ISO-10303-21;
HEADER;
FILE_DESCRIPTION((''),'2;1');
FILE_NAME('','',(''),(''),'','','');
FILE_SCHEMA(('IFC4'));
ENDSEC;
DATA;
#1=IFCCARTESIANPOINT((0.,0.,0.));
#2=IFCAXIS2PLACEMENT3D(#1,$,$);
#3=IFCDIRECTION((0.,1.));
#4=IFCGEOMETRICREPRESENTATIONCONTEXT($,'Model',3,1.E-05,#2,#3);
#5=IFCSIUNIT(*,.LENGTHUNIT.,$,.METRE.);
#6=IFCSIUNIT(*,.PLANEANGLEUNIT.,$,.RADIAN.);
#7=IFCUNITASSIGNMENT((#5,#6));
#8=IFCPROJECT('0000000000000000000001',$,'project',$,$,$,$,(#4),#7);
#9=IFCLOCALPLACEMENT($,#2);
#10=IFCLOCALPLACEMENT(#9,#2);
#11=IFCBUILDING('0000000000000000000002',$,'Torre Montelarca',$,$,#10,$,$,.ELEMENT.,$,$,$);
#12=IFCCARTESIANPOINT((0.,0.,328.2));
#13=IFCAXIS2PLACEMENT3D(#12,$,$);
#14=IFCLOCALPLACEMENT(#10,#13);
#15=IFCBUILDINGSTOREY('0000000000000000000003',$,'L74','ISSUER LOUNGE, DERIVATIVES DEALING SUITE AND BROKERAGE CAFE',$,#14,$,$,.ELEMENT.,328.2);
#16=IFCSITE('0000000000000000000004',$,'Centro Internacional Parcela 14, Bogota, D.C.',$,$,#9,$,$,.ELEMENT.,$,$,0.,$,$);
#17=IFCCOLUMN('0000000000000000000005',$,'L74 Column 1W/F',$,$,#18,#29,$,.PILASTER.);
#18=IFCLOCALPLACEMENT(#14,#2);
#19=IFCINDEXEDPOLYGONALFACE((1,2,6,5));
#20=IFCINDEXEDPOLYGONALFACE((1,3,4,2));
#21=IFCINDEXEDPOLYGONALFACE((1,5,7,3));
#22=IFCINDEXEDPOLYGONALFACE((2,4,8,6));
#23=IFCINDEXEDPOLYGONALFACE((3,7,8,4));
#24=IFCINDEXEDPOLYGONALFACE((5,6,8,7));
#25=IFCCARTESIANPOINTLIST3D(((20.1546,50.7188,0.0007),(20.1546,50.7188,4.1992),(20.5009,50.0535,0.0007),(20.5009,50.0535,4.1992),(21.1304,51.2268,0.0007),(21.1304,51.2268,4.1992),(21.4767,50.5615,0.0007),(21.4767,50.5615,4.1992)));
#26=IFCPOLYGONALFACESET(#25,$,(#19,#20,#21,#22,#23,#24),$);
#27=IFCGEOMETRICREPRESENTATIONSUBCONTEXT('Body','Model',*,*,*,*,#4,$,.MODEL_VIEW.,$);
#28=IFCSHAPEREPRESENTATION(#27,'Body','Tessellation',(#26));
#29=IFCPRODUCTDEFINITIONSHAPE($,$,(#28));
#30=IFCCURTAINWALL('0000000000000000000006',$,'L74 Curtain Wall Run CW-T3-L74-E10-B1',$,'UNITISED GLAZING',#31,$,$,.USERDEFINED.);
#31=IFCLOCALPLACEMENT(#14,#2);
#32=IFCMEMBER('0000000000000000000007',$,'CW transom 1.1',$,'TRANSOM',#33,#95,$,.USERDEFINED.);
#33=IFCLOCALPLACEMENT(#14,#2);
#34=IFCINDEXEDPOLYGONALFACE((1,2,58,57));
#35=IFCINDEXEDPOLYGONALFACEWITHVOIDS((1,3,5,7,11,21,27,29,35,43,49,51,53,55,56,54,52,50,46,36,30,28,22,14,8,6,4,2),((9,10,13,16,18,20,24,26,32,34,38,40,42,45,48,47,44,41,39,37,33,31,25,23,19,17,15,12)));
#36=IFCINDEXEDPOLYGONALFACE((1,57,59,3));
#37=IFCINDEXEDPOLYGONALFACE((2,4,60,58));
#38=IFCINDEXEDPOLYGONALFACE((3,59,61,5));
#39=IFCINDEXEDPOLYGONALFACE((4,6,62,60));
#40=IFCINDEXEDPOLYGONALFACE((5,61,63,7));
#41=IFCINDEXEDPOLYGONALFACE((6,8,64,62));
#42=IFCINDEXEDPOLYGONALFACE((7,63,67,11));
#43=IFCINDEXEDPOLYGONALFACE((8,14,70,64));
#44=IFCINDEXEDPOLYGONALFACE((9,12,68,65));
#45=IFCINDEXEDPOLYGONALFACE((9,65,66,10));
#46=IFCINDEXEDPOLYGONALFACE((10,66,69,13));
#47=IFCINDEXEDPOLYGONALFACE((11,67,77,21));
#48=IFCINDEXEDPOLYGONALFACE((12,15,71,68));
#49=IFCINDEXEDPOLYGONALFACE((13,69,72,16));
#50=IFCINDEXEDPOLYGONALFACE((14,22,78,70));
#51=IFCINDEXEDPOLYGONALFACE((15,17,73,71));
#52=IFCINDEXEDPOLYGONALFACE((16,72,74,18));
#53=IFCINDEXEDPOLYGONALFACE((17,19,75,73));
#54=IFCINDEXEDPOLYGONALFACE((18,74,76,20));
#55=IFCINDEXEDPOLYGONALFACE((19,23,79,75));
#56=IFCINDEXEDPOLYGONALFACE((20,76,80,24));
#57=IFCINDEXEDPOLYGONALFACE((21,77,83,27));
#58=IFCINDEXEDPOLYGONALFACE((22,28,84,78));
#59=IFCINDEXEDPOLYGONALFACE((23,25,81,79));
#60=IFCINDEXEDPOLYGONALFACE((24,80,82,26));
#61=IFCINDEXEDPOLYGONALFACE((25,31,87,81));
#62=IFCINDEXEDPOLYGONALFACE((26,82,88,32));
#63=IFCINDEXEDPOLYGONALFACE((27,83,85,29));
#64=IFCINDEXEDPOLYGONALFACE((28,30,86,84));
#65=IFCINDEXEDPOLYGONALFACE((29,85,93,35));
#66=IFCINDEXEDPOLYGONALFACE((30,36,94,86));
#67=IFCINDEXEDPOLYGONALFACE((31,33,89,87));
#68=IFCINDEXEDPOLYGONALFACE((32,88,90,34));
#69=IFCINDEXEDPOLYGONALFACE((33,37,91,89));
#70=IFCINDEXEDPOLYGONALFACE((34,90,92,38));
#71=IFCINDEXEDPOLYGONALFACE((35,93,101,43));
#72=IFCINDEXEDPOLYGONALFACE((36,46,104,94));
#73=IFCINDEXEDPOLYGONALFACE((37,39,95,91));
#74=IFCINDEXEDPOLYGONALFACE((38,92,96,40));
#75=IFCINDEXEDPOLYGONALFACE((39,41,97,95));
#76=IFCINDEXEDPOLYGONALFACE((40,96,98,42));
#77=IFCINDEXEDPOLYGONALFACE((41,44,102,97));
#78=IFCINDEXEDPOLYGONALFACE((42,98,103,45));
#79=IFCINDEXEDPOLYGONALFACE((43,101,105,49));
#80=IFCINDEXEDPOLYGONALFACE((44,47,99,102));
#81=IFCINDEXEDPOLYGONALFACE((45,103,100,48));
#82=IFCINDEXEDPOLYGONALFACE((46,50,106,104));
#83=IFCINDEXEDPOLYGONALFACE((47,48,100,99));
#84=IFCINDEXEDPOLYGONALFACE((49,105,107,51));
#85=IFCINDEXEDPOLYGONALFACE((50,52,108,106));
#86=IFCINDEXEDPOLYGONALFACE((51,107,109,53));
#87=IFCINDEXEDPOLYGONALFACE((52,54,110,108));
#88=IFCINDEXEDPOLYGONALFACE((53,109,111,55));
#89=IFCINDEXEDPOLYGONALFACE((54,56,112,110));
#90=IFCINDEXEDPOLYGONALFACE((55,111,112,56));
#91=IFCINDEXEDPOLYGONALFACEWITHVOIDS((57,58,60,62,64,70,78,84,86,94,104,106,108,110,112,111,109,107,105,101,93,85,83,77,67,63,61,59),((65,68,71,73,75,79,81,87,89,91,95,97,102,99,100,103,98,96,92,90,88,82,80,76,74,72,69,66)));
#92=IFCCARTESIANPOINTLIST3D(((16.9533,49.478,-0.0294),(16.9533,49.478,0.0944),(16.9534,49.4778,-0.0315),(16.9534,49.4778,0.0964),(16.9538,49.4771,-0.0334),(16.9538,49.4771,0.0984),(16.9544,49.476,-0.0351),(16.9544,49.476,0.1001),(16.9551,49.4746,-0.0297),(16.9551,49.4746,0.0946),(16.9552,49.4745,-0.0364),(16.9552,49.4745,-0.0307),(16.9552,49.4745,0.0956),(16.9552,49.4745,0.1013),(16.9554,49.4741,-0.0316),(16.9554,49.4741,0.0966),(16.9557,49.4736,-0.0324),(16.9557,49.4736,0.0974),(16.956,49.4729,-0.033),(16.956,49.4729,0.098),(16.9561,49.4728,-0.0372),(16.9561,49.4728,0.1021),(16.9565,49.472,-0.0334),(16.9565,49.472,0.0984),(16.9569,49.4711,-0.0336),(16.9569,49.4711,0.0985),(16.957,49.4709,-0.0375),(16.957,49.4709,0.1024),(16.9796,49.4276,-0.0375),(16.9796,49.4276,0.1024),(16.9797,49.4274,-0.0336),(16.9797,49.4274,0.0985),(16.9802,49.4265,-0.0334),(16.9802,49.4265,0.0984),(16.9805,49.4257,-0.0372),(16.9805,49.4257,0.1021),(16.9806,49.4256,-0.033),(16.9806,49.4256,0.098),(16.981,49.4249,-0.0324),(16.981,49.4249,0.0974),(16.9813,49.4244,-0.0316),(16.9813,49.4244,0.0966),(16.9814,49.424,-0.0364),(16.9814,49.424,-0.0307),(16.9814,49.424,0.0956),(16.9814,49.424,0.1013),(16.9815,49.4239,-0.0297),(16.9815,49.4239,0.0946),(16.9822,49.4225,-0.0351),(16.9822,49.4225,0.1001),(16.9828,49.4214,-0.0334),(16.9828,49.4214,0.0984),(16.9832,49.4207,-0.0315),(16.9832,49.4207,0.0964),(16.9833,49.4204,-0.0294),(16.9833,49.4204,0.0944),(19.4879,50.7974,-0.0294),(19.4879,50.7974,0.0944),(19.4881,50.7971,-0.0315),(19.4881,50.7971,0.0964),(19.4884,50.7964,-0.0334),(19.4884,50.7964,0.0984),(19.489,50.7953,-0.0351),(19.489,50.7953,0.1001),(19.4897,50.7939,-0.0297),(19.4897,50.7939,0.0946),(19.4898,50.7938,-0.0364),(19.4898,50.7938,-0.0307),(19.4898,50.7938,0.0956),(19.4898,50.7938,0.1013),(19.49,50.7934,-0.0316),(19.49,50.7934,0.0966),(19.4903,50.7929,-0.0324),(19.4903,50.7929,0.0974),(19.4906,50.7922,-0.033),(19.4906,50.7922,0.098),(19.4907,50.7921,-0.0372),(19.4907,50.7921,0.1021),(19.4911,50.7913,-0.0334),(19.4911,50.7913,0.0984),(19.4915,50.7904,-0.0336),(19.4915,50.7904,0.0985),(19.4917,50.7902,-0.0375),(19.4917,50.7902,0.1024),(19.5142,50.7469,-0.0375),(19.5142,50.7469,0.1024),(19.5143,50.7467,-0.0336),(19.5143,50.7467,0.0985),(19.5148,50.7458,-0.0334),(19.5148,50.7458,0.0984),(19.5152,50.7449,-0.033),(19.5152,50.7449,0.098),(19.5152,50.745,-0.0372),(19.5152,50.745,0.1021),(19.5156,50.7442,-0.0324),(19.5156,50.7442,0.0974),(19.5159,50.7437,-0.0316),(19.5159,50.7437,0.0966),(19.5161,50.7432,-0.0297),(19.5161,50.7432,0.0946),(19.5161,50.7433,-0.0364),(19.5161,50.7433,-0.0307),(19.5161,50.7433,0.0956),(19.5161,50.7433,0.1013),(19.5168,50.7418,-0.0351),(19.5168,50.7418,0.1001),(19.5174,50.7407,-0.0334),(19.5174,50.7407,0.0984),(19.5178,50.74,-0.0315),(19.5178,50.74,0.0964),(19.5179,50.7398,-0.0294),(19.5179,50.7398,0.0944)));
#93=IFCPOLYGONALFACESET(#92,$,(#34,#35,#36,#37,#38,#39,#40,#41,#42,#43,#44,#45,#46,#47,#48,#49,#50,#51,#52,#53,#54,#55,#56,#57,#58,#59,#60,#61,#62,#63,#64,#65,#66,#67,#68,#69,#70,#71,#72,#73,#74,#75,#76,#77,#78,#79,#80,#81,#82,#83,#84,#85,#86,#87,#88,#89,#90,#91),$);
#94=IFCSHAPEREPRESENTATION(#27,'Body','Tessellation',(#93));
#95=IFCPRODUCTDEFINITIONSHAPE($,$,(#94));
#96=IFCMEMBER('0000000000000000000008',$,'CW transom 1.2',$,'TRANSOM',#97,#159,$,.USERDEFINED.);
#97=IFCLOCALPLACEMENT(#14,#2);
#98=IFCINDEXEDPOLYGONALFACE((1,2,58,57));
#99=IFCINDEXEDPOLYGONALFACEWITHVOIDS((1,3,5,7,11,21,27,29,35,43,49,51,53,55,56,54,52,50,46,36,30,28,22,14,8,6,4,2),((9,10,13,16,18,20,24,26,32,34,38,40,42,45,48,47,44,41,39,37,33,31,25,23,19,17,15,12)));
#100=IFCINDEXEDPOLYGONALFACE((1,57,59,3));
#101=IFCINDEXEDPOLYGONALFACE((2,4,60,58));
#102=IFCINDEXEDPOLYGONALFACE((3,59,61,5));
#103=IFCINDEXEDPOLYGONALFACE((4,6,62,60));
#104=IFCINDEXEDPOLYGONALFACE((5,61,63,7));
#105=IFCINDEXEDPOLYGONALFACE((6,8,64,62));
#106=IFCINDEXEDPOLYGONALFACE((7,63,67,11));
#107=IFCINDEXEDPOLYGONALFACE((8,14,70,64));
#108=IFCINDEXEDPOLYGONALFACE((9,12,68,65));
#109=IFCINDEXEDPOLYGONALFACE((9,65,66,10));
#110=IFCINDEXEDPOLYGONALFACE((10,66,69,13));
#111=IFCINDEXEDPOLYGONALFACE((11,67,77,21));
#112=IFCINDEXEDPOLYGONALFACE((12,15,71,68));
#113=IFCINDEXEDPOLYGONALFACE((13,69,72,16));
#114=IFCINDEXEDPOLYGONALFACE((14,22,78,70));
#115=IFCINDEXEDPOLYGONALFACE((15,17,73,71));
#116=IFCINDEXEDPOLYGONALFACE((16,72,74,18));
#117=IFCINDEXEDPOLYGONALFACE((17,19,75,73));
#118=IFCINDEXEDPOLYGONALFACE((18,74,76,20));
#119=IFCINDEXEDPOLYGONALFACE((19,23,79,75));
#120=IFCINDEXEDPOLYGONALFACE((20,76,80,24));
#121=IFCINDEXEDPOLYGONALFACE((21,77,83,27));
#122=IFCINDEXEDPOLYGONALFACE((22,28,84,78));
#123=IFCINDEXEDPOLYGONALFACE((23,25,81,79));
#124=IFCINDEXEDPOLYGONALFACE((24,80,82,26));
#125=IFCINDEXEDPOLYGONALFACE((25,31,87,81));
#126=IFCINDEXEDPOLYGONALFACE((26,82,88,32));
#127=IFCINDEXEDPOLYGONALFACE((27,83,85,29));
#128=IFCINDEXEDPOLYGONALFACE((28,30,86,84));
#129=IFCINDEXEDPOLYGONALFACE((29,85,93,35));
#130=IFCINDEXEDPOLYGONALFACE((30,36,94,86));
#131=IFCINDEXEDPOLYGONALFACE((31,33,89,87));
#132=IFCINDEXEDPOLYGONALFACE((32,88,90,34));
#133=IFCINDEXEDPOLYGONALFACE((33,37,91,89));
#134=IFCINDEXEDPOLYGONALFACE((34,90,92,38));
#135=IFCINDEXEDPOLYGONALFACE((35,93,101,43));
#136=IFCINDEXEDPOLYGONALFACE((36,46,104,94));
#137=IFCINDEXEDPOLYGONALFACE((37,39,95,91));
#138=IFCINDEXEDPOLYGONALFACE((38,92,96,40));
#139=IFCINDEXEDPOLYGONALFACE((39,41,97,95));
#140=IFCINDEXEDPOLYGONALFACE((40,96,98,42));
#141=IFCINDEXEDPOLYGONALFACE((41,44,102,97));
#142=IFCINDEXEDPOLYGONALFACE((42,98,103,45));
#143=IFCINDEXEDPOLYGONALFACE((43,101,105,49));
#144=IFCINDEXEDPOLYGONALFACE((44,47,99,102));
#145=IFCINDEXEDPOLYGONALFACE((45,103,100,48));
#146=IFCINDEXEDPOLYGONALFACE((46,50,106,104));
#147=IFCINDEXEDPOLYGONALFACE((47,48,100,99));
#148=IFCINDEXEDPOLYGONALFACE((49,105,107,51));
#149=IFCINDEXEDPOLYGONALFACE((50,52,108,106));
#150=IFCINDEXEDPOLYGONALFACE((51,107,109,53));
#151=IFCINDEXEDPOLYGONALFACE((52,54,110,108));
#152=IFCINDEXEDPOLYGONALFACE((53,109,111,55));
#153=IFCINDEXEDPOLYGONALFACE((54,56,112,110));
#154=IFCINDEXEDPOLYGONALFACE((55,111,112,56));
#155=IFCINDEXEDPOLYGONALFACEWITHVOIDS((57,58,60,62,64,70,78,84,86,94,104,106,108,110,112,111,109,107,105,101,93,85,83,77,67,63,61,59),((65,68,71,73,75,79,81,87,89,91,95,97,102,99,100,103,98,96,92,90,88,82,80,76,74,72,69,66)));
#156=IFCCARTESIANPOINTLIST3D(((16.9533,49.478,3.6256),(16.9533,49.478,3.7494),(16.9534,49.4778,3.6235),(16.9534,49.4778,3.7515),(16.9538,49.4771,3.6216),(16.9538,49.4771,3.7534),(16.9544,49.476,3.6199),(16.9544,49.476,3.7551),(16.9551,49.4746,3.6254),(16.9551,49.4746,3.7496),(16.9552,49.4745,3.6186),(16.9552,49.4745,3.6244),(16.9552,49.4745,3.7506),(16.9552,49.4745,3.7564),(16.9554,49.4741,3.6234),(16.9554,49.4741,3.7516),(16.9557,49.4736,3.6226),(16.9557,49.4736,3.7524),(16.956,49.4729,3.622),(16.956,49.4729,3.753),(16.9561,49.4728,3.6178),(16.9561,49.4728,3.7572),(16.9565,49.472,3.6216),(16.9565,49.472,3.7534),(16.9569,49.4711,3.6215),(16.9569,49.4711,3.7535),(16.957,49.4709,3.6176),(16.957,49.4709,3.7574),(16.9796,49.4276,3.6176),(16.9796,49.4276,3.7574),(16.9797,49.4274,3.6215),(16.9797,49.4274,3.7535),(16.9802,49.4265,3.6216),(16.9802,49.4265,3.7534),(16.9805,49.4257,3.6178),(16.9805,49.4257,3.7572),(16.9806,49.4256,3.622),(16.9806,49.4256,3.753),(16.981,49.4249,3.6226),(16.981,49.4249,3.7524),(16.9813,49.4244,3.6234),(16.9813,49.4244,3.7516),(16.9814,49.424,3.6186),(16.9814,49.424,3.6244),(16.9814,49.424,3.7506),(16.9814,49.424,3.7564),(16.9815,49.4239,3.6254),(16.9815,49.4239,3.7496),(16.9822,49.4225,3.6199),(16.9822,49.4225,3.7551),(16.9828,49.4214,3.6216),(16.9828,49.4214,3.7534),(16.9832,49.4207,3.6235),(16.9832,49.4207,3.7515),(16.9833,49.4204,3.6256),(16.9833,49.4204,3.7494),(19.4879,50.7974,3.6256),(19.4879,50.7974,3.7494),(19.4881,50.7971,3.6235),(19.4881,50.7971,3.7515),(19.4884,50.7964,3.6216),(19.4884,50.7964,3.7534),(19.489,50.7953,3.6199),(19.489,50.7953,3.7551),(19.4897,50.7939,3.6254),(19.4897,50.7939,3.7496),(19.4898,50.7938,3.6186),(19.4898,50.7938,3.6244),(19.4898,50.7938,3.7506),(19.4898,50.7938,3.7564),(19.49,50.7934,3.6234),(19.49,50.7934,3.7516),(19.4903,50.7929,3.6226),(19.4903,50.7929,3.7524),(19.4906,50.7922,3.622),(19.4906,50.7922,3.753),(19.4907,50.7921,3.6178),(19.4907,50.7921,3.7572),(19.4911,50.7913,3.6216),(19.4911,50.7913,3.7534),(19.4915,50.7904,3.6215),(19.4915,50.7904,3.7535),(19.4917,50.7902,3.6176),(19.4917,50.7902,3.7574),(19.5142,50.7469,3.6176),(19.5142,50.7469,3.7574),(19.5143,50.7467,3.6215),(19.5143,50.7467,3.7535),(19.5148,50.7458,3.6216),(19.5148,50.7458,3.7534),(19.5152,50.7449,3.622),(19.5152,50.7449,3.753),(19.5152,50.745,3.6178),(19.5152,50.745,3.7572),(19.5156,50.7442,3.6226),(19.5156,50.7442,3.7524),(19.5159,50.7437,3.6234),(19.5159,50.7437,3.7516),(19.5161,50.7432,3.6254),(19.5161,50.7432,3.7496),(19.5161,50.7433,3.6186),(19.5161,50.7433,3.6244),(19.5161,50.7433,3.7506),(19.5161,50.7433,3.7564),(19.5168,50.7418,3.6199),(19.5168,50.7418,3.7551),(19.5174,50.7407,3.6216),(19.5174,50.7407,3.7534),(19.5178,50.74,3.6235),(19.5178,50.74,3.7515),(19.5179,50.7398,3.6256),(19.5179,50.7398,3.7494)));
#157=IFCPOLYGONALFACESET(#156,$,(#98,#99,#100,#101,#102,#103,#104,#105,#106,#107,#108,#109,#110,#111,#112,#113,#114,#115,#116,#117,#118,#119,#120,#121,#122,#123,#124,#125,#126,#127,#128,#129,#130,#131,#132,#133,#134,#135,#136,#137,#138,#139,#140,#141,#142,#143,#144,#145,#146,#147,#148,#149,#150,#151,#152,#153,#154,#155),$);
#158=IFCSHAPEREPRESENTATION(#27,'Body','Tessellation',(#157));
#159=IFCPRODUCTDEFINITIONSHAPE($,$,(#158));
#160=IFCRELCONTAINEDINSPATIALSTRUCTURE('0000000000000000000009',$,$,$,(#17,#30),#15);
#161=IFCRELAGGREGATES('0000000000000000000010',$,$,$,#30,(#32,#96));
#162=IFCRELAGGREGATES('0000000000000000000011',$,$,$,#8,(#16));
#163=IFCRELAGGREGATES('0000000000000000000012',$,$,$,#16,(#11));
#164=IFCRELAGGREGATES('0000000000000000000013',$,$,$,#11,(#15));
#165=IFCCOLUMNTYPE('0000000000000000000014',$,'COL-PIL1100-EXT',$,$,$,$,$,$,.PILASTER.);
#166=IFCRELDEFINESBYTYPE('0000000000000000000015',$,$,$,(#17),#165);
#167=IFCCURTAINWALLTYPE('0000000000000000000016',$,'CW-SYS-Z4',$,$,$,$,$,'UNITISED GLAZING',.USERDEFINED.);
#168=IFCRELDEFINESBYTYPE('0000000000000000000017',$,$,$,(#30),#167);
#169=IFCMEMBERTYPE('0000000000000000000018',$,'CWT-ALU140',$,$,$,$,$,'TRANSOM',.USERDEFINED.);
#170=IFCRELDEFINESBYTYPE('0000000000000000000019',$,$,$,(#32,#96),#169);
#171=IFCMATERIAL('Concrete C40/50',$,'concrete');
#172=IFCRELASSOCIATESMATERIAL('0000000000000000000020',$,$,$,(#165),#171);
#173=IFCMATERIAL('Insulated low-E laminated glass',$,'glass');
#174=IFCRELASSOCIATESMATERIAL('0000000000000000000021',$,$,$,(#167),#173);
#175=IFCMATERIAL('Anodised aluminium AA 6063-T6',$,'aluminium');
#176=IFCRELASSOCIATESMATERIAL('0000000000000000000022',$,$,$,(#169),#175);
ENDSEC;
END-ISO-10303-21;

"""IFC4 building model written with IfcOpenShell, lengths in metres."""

from ifc_helpers import new_model, si_unit, direction, frame, origin, origin_2d, place, context, subcontext, project, spatial, rectangle, hollow_rectangle, extrude, source, transform, mapped, material, material_profile, profile_set, type_object, element, aggregate, save


model = new_model("IFC4")

# Units and contexts
model_context = context("Model", 3, precision=1e-05, world=origin(), true_north=direction((0.0, 1.0)))
body_context = subcontext(model_context, "Body", "Model", "MODEL_VIEW")
ifc_project = project(units=[si_unit("LENGTHUNIT", "METRE"), si_unit("PLANEANGLEUNIT", "RADIAN")], contexts=[model_context])

# Site, building, storey
site_placement = place(None, origin())
site = spatial("IfcSite", under=ifc_project, at=site_placement, Name="Centro Internacional Parcela 14, Bogota, D.C.", CompositionType="ELEMENT", RefElevation=0.0)
building_placement = place(site_placement, origin())
building = spatial("IfcBuilding", under=site, at=building_placement, Name="Torre Montelarca", CompositionType="ELEMENT")
storey_placement = place(building_placement, frame((0.0, 0.0, 328.2)))
storey = spatial("IfcBuildingStorey", under=building, at=storey_placement, Name="L74", Description="ISSUER LOUNGE, DERIVATIVES DEALING SUITE AND BROKERAGE CAFE", CompositionType="ELEMENT", Elevation=328.2)

# Column
ifc_material_1 = material(Name="Concrete C40/50", Category="concrete")
ifc_material_profile_1 = material_profile(ifc_material_1, rectangle(XDim=0.75, YDim=1.1001, at=origin_2d()), Name="RC1100X750", Category="concrete")
ifc_profile_set_1 = profile_set([ifc_material_profile_1], Name="Concrete C40/50")
column_type = type_object("IfcColumnType", Name="COL-PIL1100-EXT", PredefinedType="PILASTER", material=ifc_profile_set_1)
shared_shape_1 = source(origin(), body_context, "Body", "SweptSolid", [
    extrude(rectangle(XDim=0.75, YDim=1.1001, at=origin_2d()), origin(), (0.0, 0.0, 1.0), 4.1985),
])
column_placement = place(storey_placement, frame((20.8157, 50.6401, 0.0007), z_axis=(0.0, 0.0, 1.0), x_axis=(-0.461749, 0.887011, 0.0)))
element("IfcColumn", 1, at=column_placement, inside=storey, type_object=column_type, Name="L74 Column 1W/F", PredefinedType="PILASTER", context=body_context, shape_type="MappedRepresentation", body=[
    mapped(shared_shape_1, transform((0.0, 0.0, 0.0), scale=1.0)),
])

# Curtain wall, members
ifc_material_2 = material(Name="Insulated low-E laminated glass", Category="glass")
curtain_wall_type = type_object("IfcCurtainWallType", Name="CW-SYS-Z4", ElementType="UNITISED GLAZING", PredefinedType="USERDEFINED", material=ifc_material_2)
curtain_wall_placement = place(storey_placement, origin())
curtain_wall = element("IfcCurtainWall", 2, at=curtain_wall_placement, inside=storey, type_object=curtain_wall_type, Name="L74 Curtain Wall Run CW-T3-L74-E10-B1", ObjectType="UNITISED GLAZING", PredefinedType="USERDEFINED")
ifc_material_3 = material(Name="Anodised aluminium AA 6063-T6", Category="aluminium")
ifc_material_profile_2 = material_profile(ifc_material_3, hollow_rectangle(XDim=0.0649, YDim=0.1399, WallThickness=0.0039, InnerFilletRadius=0.0039, OuterFilletRadius=0.0081, at=origin_2d()), Name="ALU65X140X4", Category="aluminium")
ifc_profile_set_2 = profile_set([ifc_material_profile_2], Name="Anodised aluminium AA 6063-T6")
member_type_1 = type_object("IfcMemberType", Name="CWT-ALU140", ElementType="TRANSOM", PredefinedType="USERDEFINED", material=ifc_profile_set_2)
shared_shape_2 = source(origin(), body_context, "Body", "SweptSolid", [
    extrude(hollow_rectangle(XDim=0.0649, YDim=0.1399, WallThickness=0.0039, InnerFilletRadius=0.0039, OuterFilletRadius=0.0081, at=origin_2d()), origin(), (0.0, 0.0, 1.0), 2.8574),
])
member_1_placement = place(storey_placement, frame((19.5029, 50.7686, 0.0325), z_axis=(-0.887029, -0.461713, 0.0), x_axis=(0.461713, -0.887029, 0.0)))
member_1 = element("IfcMember", 3, at=member_1_placement, type_object=member_type_1, Name="CW transom 1.1", ObjectType="TRANSOM", PredefinedType="USERDEFINED", context=body_context, shape_type="MappedRepresentation", body=[
    mapped(shared_shape_2, transform((0.0, 0.0, 0.0), scale=1.0)),
])
member_2_placement = place(storey_placement, frame((19.5029, 50.7686, 3.6875), z_axis=(-0.887029, -0.461713, 0.0), x_axis=(0.461713, -0.887029, 0.0)))
member_2 = element("IfcMember", 4, at=member_2_placement, type_object=member_type_1, Name="CW transom 1.2", ObjectType="TRANSOM", PredefinedType="USERDEFINED", context=body_context, shape_type="MappedRepresentation", body=[
    mapped(shared_shape_2, transform((0.0, 0.0, 0.0), scale=1.0)),
])
aggregate(curtain_wall, [member_1, member_2])

save(model, "model.ifc")
